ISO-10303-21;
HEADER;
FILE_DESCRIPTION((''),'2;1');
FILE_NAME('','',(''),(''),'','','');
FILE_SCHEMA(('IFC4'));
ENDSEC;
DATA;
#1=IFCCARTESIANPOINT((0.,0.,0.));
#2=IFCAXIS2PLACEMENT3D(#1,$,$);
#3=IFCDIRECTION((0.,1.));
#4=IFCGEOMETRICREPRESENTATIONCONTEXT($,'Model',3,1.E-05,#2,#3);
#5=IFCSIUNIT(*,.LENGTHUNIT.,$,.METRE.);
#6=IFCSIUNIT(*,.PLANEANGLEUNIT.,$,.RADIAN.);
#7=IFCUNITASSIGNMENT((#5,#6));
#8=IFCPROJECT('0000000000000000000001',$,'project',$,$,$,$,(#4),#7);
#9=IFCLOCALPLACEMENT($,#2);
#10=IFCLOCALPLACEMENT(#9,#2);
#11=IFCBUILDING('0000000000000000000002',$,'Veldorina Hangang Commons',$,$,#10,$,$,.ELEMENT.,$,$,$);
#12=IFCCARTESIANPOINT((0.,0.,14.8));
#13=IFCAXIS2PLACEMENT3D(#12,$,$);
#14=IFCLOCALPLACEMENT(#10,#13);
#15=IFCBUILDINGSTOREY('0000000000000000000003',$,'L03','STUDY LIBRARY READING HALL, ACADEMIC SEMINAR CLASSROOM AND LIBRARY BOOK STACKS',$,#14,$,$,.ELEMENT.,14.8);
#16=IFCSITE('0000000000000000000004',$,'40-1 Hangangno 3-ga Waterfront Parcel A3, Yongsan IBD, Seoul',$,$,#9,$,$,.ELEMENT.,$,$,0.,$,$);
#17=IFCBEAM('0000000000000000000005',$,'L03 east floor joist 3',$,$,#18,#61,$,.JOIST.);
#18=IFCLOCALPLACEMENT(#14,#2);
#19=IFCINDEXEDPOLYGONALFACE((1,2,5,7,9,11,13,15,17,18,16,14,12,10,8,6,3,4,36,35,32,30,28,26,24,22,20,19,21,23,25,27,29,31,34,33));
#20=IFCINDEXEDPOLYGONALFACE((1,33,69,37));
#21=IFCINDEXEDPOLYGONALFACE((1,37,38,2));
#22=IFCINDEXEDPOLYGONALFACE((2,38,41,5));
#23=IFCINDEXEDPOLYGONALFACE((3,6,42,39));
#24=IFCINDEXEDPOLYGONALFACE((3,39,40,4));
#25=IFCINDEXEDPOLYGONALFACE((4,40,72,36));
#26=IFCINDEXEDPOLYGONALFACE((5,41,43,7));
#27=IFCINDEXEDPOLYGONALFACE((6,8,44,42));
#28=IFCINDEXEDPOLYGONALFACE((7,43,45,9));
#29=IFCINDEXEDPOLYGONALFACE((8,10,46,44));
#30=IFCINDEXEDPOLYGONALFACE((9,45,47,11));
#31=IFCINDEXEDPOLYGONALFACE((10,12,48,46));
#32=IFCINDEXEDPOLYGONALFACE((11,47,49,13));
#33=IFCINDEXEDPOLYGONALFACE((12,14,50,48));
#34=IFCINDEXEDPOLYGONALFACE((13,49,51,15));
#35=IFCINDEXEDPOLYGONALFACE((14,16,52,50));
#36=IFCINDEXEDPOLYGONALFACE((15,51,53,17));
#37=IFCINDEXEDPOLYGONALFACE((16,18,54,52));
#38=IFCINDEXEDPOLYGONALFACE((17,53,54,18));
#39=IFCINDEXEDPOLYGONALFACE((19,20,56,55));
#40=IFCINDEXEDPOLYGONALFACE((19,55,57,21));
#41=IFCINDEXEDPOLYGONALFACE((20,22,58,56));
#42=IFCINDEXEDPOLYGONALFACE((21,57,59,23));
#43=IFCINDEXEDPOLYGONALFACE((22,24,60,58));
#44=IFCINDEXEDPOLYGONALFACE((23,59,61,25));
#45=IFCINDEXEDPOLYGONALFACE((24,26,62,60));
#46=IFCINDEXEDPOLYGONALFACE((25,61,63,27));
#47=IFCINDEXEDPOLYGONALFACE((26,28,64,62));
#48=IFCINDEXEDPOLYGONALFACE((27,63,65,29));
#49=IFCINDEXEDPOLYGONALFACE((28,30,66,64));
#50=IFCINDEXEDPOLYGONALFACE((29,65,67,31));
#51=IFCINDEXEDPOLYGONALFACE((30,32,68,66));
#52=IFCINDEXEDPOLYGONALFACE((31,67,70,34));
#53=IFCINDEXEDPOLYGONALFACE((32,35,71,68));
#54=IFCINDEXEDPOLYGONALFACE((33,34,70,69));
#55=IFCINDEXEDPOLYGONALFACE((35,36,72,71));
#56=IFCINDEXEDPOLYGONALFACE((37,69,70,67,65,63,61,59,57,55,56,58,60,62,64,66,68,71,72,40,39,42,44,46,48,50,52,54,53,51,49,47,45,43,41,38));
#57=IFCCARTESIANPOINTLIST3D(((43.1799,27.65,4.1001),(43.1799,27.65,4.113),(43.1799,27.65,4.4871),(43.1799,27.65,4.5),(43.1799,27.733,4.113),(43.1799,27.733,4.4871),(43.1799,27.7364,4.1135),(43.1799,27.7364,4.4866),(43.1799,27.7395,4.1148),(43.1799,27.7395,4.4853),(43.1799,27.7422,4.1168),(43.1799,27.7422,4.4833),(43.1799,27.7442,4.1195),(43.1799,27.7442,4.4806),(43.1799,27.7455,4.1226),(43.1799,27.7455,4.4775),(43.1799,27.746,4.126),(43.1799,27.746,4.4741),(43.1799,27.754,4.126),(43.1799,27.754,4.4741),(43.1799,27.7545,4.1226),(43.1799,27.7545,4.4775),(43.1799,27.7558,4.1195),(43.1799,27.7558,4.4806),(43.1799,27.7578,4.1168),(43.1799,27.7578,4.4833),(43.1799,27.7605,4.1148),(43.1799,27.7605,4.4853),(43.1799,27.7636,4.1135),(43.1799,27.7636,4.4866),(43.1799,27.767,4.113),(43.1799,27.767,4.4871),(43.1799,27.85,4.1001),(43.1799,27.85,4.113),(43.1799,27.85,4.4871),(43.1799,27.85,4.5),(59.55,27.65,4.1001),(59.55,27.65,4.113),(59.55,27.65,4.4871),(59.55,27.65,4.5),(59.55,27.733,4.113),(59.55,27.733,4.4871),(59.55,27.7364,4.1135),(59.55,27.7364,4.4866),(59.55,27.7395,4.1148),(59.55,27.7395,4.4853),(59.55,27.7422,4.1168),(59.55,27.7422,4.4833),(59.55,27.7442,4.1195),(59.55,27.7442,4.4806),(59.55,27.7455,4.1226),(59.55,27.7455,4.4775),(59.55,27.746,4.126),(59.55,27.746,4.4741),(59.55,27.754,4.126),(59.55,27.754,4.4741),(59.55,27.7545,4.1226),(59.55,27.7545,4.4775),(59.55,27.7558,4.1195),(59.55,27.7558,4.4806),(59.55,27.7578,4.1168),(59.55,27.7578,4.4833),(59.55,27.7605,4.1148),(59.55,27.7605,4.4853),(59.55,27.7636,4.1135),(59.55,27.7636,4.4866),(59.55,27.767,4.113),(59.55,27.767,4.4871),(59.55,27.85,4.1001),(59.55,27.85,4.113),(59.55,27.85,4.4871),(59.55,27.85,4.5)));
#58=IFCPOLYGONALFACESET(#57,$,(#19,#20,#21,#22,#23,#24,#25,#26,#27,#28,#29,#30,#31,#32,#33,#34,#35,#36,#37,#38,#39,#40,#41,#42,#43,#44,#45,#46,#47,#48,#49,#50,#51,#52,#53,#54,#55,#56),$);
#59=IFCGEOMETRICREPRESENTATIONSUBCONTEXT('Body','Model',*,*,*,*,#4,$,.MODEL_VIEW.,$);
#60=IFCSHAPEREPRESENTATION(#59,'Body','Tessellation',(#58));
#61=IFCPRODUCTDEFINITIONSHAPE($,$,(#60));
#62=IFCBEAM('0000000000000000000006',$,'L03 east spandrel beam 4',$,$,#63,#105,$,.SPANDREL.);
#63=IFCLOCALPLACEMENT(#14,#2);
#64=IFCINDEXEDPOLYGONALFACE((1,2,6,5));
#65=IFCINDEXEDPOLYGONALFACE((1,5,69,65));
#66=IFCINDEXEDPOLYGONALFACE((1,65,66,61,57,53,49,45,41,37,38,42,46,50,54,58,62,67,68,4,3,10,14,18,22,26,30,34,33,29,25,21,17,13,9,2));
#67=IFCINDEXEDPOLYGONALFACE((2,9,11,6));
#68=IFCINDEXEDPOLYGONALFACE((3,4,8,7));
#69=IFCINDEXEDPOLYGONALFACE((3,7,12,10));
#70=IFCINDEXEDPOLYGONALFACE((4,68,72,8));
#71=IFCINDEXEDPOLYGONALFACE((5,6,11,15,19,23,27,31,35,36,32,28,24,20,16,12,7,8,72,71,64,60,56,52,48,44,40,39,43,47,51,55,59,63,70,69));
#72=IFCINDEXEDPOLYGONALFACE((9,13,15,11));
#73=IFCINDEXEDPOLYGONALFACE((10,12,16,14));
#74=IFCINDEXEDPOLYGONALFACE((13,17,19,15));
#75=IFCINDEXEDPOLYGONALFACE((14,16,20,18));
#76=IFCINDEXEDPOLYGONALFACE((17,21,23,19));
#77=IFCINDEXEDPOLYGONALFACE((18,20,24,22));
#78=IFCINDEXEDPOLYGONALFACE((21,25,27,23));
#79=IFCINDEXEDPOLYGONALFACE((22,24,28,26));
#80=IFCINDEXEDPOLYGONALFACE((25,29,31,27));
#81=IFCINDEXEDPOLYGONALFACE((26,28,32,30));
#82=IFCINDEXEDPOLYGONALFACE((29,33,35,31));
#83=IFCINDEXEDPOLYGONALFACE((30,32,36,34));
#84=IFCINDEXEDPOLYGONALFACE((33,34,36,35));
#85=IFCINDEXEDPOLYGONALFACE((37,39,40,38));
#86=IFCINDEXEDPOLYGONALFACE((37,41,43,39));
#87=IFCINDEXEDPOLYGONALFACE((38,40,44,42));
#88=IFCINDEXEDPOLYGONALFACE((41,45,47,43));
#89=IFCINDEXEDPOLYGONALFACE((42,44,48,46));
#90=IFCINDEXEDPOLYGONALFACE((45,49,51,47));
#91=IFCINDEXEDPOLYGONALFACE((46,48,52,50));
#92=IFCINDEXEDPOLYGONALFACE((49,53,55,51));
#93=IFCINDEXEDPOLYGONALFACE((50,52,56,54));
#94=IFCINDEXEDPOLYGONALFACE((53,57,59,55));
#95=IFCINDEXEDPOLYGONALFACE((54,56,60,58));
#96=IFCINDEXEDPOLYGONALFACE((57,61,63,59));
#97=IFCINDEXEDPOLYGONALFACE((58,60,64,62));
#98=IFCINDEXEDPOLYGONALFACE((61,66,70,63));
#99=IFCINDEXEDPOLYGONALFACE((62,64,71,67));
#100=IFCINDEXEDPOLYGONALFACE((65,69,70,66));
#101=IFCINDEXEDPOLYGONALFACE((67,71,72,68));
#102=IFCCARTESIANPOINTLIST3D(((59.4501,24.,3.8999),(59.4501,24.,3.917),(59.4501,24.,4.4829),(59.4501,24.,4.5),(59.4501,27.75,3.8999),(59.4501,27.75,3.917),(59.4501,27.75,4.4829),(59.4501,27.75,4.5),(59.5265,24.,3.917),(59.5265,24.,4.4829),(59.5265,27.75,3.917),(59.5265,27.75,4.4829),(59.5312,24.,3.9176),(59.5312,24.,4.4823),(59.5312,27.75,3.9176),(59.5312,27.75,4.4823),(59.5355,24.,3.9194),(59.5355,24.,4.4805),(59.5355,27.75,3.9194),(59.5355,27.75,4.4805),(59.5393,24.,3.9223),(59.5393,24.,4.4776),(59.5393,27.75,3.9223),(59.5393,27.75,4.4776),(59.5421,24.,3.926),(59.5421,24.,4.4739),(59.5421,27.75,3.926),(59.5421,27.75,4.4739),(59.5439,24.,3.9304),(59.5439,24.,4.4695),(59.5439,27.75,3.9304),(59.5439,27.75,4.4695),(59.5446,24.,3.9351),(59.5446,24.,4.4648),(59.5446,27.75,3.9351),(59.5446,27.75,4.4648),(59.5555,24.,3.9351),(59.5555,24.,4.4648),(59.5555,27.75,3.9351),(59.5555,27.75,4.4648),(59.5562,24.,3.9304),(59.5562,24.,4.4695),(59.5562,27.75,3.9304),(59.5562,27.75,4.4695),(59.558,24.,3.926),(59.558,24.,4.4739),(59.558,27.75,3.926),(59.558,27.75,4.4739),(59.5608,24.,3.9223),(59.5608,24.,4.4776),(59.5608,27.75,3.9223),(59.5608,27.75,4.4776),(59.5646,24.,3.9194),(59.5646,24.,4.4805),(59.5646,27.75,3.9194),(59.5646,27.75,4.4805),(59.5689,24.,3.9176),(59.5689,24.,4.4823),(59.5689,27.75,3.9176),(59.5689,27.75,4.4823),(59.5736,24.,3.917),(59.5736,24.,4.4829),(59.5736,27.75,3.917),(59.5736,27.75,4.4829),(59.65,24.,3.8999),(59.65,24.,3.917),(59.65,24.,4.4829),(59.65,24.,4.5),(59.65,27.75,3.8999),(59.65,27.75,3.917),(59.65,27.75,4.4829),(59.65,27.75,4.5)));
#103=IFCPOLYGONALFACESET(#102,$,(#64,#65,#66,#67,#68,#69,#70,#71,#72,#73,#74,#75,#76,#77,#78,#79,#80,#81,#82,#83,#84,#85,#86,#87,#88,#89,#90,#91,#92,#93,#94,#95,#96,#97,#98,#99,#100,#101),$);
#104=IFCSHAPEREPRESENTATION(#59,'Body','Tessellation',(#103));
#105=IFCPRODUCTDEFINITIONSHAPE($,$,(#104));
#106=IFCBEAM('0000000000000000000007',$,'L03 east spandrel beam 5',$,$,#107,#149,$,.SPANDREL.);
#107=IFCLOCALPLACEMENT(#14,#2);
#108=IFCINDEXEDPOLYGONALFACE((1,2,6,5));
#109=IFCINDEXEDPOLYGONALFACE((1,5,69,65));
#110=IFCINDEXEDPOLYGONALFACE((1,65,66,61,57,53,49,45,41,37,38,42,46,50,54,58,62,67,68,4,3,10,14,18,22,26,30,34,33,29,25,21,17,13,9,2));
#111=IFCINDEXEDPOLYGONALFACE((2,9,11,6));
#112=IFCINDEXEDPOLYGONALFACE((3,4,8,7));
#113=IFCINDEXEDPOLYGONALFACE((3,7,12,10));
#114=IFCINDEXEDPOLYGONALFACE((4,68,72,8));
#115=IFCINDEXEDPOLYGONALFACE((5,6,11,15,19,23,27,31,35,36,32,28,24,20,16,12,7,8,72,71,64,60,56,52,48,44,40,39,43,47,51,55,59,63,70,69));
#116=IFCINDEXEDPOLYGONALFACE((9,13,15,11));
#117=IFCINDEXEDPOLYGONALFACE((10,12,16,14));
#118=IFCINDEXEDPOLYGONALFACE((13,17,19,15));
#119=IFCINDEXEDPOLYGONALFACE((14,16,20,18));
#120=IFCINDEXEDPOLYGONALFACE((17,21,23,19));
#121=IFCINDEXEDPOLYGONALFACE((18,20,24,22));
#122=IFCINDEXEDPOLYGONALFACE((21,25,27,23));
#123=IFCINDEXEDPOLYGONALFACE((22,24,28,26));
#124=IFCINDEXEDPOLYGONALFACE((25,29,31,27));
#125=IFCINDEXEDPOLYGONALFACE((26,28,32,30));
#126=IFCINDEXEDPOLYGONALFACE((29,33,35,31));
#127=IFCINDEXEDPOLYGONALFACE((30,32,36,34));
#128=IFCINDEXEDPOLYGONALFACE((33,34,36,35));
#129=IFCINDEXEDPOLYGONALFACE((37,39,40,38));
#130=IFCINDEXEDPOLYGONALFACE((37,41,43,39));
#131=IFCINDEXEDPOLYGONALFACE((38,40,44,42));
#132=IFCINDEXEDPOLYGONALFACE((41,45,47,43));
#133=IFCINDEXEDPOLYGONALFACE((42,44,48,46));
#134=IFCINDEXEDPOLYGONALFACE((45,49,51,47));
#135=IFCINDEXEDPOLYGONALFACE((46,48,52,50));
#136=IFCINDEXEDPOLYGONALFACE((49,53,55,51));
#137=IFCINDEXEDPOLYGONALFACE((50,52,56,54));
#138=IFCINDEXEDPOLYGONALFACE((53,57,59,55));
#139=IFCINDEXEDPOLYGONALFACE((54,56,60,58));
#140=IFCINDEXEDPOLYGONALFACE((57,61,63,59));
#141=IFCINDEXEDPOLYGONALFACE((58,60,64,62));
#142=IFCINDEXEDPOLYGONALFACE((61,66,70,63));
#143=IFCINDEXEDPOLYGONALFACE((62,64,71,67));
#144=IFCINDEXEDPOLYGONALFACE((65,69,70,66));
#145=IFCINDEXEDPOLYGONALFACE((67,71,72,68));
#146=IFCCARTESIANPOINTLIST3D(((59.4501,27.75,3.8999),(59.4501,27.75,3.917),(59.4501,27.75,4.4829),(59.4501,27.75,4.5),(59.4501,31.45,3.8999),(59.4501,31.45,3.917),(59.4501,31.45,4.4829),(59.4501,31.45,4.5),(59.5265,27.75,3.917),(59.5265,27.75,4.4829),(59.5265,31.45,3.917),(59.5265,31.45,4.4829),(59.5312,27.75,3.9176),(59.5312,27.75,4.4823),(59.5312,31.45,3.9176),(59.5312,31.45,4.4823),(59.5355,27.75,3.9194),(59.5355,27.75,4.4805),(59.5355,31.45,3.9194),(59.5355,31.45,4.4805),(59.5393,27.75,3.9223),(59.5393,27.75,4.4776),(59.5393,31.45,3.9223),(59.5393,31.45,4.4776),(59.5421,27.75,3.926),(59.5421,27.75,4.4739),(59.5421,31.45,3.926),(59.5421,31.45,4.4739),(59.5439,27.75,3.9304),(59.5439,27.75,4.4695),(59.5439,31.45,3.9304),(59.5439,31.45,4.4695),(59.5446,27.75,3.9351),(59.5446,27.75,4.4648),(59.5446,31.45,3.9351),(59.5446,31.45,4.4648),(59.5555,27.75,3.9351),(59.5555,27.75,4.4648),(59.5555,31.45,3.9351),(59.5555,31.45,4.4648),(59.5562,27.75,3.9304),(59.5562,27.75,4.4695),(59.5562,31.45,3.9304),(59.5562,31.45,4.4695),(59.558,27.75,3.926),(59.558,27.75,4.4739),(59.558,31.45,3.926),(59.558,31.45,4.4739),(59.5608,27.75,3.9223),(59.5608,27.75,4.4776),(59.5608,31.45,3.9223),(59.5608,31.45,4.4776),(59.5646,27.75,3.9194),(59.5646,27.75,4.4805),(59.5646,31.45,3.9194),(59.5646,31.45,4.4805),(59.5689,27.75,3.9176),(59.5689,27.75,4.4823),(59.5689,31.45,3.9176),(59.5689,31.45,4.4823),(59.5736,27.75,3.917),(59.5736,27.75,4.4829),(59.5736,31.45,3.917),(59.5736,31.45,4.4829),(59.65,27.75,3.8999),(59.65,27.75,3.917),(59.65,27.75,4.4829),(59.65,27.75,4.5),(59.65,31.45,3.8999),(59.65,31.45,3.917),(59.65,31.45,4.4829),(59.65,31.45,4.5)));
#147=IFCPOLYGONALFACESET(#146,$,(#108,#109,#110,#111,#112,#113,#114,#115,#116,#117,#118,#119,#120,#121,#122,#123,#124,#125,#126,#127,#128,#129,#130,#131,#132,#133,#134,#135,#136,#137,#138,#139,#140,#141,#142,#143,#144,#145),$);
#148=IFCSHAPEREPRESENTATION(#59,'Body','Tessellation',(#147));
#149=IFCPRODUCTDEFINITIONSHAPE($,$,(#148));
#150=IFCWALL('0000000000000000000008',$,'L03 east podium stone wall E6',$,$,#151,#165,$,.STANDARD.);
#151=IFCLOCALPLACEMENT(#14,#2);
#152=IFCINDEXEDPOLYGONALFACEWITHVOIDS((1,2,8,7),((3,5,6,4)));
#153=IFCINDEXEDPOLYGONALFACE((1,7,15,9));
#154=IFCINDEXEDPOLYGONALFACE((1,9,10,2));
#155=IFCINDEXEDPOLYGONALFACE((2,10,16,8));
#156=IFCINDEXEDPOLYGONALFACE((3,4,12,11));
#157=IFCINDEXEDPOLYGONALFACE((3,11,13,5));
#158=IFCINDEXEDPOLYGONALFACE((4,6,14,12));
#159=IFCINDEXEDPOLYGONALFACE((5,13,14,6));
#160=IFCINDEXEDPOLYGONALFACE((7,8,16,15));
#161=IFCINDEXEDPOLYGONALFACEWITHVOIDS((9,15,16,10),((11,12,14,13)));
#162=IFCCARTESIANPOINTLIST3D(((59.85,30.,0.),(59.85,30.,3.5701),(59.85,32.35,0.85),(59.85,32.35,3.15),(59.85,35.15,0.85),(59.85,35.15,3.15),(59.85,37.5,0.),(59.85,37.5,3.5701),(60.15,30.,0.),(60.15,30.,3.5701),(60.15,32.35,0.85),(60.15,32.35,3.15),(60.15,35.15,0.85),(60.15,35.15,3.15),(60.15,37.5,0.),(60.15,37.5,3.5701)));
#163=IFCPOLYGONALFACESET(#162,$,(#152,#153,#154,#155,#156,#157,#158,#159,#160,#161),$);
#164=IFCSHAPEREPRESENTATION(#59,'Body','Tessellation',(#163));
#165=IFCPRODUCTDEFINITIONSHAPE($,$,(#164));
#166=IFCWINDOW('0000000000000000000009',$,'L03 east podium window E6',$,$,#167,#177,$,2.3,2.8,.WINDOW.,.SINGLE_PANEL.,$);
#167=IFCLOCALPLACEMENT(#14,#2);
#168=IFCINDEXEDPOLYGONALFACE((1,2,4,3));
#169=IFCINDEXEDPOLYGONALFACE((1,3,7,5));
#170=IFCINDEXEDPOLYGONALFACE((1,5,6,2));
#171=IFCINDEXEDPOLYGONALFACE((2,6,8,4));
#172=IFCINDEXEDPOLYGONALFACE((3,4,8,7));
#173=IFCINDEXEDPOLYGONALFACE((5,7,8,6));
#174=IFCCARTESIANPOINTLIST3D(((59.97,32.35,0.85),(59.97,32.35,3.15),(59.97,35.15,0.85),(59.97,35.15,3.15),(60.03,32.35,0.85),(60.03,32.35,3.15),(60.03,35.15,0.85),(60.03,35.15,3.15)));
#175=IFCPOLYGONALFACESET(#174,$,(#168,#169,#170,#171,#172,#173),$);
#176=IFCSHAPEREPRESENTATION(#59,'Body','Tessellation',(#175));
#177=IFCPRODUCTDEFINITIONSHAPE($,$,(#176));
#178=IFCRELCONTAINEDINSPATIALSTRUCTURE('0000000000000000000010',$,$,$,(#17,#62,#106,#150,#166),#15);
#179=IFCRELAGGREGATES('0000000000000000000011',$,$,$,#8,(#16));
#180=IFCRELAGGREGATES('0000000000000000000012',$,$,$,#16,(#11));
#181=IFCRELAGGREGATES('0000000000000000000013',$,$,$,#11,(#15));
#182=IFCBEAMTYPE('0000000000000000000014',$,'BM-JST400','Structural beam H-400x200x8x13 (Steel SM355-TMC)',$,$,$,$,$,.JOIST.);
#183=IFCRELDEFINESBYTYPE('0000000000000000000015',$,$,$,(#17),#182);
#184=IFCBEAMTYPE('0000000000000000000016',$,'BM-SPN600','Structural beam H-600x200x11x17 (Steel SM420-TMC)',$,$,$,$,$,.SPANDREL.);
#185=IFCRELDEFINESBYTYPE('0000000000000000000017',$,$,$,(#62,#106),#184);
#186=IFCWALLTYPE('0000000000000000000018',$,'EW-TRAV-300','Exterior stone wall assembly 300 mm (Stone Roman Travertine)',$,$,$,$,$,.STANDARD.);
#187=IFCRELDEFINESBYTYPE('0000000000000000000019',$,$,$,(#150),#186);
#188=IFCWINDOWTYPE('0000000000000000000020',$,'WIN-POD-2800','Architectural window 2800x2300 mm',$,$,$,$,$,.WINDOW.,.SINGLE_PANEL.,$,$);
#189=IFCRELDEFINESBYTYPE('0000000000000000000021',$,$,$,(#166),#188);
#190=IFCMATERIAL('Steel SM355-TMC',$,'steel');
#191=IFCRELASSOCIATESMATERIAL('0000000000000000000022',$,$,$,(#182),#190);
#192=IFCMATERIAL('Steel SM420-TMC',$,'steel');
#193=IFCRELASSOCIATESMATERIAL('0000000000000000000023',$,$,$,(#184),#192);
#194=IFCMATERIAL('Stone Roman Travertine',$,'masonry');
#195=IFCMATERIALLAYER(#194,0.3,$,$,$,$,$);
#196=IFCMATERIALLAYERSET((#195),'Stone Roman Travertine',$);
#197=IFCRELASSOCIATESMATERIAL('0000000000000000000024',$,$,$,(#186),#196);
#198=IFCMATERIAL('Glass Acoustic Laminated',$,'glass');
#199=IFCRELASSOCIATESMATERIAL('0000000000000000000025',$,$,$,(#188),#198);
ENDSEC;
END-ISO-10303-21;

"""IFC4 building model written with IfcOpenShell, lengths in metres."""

from ifc_helpers import new_model, si_unit, direction, frame, frame_2d, origin, origin_2d, place, context, subcontext, project, spatial, rectangle, i_section, extrude, material, layer, layer_set, material_profile, profile_set, type_object, element, fill, save


model = new_model("IFC4")

# Units and contexts
model_context = context("Model", 3, precision=1e-05, world=origin(), true_north=direction((0.0, 1.0)))
body_context = subcontext(model_context, "Body", "Model", "MODEL_VIEW")
ifc_project = project(units=[si_unit("LENGTHUNIT", "METRE"), si_unit("PLANEANGLEUNIT", "RADIAN")], contexts=[model_context])

# Site, building, storey
site_placement = place(None, origin())
site = spatial("IfcSite", under=ifc_project, at=site_placement, Name="40-1 Hangangno 3-ga Waterfront Parcel A3, Yongsan IBD, Seoul", CompositionType="ELEMENT", RefElevation=0.0)
building_placement = place(site_placement, origin())
building = spatial("IfcBuilding", under=site, at=building_placement, Name="Veldorina Hangang Commons", CompositionType="ELEMENT")
storey_placement = place(building_placement, frame((0.0, 0.0, 14.8)))
storey = spatial("IfcBuildingStorey", under=building, at=storey_placement, Name="L03", Description="STUDY LIBRARY READING HALL, ACADEMIC SEMINAR CLASSROOM AND LIBRARY BOOK STACKS", CompositionType="ELEMENT", Elevation=14.8)

# Shared definitions
ifc_material_1 = material(Name="Steel SM420-TMC", Category="steel")
ifc_material_2 = material(Name="Steel SM355-TMC", Category="steel")

# Beams
ifc_material_profile_1 = material_profile(ifc_material_2, i_section(OverallWidth=0.2, OverallDepth=0.3999, WebThickness=0.0081, FlangeThickness=0.0129, FilletRadius=0.0129, at=origin_2d()), Name="H-400x200x8x13")
ifc_profile_set_1 = profile_set([ifc_material_profile_1], Name="Steel SM355-TMC")
beam_type_1 = type_object("IfcBeamType", Name="BM-JST400", Description="Structural beam H-400x200x8x13 (Steel SM355-TMC)", PredefinedType="JOIST", material=ifc_profile_set_1)
for number, where, z_axis, x_axis, name in (
    (1, (43.1799, 27.75, 4.3), (1.0, 0.0, 0.0), (0.0, 1.0, 0.0), "L03 east floor joist 3"),
):
    element("IfcBeam", number, at=place(storey_placement, frame(where, z_axis=z_axis, x_axis=x_axis)), inside=storey, type_object=beam_type_1, Name=name, PredefinedType="JOIST", context=body_context, shape_type="SweptSolid", body=[
        extrude(i_section(OverallWidth=0.2, OverallDepth=0.3999, WebThickness=0.0081, FlangeThickness=0.0129, FilletRadius=0.0129, at=origin_2d()), origin(), (0.0, 0.0, 1.0), 16.3701),
    ])
ifc_material_profile_2 = material_profile(ifc_material_1, i_section(OverallWidth=0.2, OverallDepth=0.6001, WebThickness=0.011, FlangeThickness=0.0171, FilletRadius=0.0181, at=origin_2d()), Name="H-600x200x11x17")
ifc_profile_set_2 = profile_set([ifc_material_profile_2], Name="Steel SM420-TMC")
beam_type_2 = type_object("IfcBeamType", Name="BM-SPN600", Description="Structural beam H-600x200x11x17 (Steel SM420-TMC)", PredefinedType="SPANDREL", material=ifc_profile_set_2)
beam_1_placement = place(storey_placement, frame((59.55, 24.0, 4.2), z_axis=(0.0, 1.0, 0.0), x_axis=(-1.0, 0.0, 0.0)))
element("IfcBeam", 2, at=beam_1_placement, inside=storey, type_object=beam_type_2, Name="L03 east spandrel beam 4", PredefinedType="SPANDREL", context=body_context, shape_type="SweptSolid", body=[
    extrude(i_section(OverallWidth=0.2, OverallDepth=0.6001, WebThickness=0.011, FlangeThickness=0.0171, FilletRadius=0.0181, at=origin_2d()), origin(), (0.0, 0.0, 1.0), 3.75),
])
beam_2_placement = place(storey_placement, frame((59.55, 27.75, 4.2), z_axis=(0.0, 1.0, 0.0), x_axis=(-1.0, 0.0, 0.0)))
element("IfcBeam", 3, at=beam_2_placement, inside=storey, type_object=beam_type_2, Name="L03 east spandrel beam 5", PredefinedType="SPANDREL", context=body_context, shape_type="SweptSolid", body=[
    extrude(i_section(OverallWidth=0.2, OverallDepth=0.6001, WebThickness=0.011, FlangeThickness=0.0171, FilletRadius=0.0181, at=origin_2d()), origin(), (0.0, 0.0, 1.0), 3.7),
])

# Shared definitions
ifc_material_3 = material(Name="Stone Roman Travertine", Category="masonry")
ifc_layer_1 = layer(ifc_material_3, 0.3)
ifc_layer_set_1 = layer_set([ifc_layer_1], Name="Stone Roman Travertine")
wall_type_1 = type_object("IfcWallType", Name="EW-TRAV-300", Description="Exterior stone wall assembly 300 mm (Stone Roman Travertine)", PredefinedType="STANDARD", material=ifc_layer_set_1)

# Wall, opening, window
wall_1_placement = place(storey_placement, frame((60.0, 30.0, 0.0), z_axis=(0.0, 0.0, 1.0), x_axis=(0.0, 1.0, 0.0)))
wall_1 = element("IfcWall", 4, at=wall_1_placement, inside=storey, type_object=wall_type_1, Name="L03 east podium stone wall E6", PredefinedType="STANDARD", context=body_context, shape_type="SweptSolid", body=[
    extrude(rectangle(XDim=7.5, YDim=0.3, at=frame_2d((3.75, 0.0))), origin(), (0.0, 0.0, 1.0), 3.5701),
])
opening_1_placement = place(wall_1_placement, frame((2.3501, 0.0, 0.8501)))
opening_1 = element("IfcOpeningElement", 5, at=opening_1_placement, cuts=wall_1, PredefinedType="OPENING", context=body_context, shape_type="SweptSolid", body=[
    extrude(rectangle(XDim=2.8, YDim=2.3, at=frame_2d((1.3999, 1.1499))), frame((0.0, 0.1602, 0.0), z_axis=(0.0, -1.0, 0.0), x_axis=(1.0, 0.0, 0.0)), (0.0, 0.0, 1.0), 0.3201),
])
ifc_material_4 = material(Name="Glass Acoustic Laminated", Category="glass")
window_type = type_object("IfcWindowType", Name="WIN-POD-2800", Description="Architectural window 2800x2300 mm", PartitioningType="SINGLE_PANEL", PredefinedType="WINDOW", material=ifc_material_4)
window_placement = place(opening_1_placement, origin())
window = element("IfcWindow", 6, at=window_placement, inside=storey, type_object=window_type, Name="L03 east podium window E6", OverallHeight=2.3, OverallWidth=2.8, PartitioningType="SINGLE_PANEL", PredefinedType="WINDOW", context=body_context, shape_type="SweptSolid", body=[
    extrude(rectangle(XDim=2.8, YDim=2.3, at=frame_2d((1.3999, 1.1499))), frame((0.0, 0.03, 0.0), z_axis=(0.0, -1.0, 0.0), x_axis=(1.0, 0.0, 0.0)), (0.0, 0.0, 1.0), 0.0601),
])
fill(opening_1, window)

save(model, "model.ifc")
